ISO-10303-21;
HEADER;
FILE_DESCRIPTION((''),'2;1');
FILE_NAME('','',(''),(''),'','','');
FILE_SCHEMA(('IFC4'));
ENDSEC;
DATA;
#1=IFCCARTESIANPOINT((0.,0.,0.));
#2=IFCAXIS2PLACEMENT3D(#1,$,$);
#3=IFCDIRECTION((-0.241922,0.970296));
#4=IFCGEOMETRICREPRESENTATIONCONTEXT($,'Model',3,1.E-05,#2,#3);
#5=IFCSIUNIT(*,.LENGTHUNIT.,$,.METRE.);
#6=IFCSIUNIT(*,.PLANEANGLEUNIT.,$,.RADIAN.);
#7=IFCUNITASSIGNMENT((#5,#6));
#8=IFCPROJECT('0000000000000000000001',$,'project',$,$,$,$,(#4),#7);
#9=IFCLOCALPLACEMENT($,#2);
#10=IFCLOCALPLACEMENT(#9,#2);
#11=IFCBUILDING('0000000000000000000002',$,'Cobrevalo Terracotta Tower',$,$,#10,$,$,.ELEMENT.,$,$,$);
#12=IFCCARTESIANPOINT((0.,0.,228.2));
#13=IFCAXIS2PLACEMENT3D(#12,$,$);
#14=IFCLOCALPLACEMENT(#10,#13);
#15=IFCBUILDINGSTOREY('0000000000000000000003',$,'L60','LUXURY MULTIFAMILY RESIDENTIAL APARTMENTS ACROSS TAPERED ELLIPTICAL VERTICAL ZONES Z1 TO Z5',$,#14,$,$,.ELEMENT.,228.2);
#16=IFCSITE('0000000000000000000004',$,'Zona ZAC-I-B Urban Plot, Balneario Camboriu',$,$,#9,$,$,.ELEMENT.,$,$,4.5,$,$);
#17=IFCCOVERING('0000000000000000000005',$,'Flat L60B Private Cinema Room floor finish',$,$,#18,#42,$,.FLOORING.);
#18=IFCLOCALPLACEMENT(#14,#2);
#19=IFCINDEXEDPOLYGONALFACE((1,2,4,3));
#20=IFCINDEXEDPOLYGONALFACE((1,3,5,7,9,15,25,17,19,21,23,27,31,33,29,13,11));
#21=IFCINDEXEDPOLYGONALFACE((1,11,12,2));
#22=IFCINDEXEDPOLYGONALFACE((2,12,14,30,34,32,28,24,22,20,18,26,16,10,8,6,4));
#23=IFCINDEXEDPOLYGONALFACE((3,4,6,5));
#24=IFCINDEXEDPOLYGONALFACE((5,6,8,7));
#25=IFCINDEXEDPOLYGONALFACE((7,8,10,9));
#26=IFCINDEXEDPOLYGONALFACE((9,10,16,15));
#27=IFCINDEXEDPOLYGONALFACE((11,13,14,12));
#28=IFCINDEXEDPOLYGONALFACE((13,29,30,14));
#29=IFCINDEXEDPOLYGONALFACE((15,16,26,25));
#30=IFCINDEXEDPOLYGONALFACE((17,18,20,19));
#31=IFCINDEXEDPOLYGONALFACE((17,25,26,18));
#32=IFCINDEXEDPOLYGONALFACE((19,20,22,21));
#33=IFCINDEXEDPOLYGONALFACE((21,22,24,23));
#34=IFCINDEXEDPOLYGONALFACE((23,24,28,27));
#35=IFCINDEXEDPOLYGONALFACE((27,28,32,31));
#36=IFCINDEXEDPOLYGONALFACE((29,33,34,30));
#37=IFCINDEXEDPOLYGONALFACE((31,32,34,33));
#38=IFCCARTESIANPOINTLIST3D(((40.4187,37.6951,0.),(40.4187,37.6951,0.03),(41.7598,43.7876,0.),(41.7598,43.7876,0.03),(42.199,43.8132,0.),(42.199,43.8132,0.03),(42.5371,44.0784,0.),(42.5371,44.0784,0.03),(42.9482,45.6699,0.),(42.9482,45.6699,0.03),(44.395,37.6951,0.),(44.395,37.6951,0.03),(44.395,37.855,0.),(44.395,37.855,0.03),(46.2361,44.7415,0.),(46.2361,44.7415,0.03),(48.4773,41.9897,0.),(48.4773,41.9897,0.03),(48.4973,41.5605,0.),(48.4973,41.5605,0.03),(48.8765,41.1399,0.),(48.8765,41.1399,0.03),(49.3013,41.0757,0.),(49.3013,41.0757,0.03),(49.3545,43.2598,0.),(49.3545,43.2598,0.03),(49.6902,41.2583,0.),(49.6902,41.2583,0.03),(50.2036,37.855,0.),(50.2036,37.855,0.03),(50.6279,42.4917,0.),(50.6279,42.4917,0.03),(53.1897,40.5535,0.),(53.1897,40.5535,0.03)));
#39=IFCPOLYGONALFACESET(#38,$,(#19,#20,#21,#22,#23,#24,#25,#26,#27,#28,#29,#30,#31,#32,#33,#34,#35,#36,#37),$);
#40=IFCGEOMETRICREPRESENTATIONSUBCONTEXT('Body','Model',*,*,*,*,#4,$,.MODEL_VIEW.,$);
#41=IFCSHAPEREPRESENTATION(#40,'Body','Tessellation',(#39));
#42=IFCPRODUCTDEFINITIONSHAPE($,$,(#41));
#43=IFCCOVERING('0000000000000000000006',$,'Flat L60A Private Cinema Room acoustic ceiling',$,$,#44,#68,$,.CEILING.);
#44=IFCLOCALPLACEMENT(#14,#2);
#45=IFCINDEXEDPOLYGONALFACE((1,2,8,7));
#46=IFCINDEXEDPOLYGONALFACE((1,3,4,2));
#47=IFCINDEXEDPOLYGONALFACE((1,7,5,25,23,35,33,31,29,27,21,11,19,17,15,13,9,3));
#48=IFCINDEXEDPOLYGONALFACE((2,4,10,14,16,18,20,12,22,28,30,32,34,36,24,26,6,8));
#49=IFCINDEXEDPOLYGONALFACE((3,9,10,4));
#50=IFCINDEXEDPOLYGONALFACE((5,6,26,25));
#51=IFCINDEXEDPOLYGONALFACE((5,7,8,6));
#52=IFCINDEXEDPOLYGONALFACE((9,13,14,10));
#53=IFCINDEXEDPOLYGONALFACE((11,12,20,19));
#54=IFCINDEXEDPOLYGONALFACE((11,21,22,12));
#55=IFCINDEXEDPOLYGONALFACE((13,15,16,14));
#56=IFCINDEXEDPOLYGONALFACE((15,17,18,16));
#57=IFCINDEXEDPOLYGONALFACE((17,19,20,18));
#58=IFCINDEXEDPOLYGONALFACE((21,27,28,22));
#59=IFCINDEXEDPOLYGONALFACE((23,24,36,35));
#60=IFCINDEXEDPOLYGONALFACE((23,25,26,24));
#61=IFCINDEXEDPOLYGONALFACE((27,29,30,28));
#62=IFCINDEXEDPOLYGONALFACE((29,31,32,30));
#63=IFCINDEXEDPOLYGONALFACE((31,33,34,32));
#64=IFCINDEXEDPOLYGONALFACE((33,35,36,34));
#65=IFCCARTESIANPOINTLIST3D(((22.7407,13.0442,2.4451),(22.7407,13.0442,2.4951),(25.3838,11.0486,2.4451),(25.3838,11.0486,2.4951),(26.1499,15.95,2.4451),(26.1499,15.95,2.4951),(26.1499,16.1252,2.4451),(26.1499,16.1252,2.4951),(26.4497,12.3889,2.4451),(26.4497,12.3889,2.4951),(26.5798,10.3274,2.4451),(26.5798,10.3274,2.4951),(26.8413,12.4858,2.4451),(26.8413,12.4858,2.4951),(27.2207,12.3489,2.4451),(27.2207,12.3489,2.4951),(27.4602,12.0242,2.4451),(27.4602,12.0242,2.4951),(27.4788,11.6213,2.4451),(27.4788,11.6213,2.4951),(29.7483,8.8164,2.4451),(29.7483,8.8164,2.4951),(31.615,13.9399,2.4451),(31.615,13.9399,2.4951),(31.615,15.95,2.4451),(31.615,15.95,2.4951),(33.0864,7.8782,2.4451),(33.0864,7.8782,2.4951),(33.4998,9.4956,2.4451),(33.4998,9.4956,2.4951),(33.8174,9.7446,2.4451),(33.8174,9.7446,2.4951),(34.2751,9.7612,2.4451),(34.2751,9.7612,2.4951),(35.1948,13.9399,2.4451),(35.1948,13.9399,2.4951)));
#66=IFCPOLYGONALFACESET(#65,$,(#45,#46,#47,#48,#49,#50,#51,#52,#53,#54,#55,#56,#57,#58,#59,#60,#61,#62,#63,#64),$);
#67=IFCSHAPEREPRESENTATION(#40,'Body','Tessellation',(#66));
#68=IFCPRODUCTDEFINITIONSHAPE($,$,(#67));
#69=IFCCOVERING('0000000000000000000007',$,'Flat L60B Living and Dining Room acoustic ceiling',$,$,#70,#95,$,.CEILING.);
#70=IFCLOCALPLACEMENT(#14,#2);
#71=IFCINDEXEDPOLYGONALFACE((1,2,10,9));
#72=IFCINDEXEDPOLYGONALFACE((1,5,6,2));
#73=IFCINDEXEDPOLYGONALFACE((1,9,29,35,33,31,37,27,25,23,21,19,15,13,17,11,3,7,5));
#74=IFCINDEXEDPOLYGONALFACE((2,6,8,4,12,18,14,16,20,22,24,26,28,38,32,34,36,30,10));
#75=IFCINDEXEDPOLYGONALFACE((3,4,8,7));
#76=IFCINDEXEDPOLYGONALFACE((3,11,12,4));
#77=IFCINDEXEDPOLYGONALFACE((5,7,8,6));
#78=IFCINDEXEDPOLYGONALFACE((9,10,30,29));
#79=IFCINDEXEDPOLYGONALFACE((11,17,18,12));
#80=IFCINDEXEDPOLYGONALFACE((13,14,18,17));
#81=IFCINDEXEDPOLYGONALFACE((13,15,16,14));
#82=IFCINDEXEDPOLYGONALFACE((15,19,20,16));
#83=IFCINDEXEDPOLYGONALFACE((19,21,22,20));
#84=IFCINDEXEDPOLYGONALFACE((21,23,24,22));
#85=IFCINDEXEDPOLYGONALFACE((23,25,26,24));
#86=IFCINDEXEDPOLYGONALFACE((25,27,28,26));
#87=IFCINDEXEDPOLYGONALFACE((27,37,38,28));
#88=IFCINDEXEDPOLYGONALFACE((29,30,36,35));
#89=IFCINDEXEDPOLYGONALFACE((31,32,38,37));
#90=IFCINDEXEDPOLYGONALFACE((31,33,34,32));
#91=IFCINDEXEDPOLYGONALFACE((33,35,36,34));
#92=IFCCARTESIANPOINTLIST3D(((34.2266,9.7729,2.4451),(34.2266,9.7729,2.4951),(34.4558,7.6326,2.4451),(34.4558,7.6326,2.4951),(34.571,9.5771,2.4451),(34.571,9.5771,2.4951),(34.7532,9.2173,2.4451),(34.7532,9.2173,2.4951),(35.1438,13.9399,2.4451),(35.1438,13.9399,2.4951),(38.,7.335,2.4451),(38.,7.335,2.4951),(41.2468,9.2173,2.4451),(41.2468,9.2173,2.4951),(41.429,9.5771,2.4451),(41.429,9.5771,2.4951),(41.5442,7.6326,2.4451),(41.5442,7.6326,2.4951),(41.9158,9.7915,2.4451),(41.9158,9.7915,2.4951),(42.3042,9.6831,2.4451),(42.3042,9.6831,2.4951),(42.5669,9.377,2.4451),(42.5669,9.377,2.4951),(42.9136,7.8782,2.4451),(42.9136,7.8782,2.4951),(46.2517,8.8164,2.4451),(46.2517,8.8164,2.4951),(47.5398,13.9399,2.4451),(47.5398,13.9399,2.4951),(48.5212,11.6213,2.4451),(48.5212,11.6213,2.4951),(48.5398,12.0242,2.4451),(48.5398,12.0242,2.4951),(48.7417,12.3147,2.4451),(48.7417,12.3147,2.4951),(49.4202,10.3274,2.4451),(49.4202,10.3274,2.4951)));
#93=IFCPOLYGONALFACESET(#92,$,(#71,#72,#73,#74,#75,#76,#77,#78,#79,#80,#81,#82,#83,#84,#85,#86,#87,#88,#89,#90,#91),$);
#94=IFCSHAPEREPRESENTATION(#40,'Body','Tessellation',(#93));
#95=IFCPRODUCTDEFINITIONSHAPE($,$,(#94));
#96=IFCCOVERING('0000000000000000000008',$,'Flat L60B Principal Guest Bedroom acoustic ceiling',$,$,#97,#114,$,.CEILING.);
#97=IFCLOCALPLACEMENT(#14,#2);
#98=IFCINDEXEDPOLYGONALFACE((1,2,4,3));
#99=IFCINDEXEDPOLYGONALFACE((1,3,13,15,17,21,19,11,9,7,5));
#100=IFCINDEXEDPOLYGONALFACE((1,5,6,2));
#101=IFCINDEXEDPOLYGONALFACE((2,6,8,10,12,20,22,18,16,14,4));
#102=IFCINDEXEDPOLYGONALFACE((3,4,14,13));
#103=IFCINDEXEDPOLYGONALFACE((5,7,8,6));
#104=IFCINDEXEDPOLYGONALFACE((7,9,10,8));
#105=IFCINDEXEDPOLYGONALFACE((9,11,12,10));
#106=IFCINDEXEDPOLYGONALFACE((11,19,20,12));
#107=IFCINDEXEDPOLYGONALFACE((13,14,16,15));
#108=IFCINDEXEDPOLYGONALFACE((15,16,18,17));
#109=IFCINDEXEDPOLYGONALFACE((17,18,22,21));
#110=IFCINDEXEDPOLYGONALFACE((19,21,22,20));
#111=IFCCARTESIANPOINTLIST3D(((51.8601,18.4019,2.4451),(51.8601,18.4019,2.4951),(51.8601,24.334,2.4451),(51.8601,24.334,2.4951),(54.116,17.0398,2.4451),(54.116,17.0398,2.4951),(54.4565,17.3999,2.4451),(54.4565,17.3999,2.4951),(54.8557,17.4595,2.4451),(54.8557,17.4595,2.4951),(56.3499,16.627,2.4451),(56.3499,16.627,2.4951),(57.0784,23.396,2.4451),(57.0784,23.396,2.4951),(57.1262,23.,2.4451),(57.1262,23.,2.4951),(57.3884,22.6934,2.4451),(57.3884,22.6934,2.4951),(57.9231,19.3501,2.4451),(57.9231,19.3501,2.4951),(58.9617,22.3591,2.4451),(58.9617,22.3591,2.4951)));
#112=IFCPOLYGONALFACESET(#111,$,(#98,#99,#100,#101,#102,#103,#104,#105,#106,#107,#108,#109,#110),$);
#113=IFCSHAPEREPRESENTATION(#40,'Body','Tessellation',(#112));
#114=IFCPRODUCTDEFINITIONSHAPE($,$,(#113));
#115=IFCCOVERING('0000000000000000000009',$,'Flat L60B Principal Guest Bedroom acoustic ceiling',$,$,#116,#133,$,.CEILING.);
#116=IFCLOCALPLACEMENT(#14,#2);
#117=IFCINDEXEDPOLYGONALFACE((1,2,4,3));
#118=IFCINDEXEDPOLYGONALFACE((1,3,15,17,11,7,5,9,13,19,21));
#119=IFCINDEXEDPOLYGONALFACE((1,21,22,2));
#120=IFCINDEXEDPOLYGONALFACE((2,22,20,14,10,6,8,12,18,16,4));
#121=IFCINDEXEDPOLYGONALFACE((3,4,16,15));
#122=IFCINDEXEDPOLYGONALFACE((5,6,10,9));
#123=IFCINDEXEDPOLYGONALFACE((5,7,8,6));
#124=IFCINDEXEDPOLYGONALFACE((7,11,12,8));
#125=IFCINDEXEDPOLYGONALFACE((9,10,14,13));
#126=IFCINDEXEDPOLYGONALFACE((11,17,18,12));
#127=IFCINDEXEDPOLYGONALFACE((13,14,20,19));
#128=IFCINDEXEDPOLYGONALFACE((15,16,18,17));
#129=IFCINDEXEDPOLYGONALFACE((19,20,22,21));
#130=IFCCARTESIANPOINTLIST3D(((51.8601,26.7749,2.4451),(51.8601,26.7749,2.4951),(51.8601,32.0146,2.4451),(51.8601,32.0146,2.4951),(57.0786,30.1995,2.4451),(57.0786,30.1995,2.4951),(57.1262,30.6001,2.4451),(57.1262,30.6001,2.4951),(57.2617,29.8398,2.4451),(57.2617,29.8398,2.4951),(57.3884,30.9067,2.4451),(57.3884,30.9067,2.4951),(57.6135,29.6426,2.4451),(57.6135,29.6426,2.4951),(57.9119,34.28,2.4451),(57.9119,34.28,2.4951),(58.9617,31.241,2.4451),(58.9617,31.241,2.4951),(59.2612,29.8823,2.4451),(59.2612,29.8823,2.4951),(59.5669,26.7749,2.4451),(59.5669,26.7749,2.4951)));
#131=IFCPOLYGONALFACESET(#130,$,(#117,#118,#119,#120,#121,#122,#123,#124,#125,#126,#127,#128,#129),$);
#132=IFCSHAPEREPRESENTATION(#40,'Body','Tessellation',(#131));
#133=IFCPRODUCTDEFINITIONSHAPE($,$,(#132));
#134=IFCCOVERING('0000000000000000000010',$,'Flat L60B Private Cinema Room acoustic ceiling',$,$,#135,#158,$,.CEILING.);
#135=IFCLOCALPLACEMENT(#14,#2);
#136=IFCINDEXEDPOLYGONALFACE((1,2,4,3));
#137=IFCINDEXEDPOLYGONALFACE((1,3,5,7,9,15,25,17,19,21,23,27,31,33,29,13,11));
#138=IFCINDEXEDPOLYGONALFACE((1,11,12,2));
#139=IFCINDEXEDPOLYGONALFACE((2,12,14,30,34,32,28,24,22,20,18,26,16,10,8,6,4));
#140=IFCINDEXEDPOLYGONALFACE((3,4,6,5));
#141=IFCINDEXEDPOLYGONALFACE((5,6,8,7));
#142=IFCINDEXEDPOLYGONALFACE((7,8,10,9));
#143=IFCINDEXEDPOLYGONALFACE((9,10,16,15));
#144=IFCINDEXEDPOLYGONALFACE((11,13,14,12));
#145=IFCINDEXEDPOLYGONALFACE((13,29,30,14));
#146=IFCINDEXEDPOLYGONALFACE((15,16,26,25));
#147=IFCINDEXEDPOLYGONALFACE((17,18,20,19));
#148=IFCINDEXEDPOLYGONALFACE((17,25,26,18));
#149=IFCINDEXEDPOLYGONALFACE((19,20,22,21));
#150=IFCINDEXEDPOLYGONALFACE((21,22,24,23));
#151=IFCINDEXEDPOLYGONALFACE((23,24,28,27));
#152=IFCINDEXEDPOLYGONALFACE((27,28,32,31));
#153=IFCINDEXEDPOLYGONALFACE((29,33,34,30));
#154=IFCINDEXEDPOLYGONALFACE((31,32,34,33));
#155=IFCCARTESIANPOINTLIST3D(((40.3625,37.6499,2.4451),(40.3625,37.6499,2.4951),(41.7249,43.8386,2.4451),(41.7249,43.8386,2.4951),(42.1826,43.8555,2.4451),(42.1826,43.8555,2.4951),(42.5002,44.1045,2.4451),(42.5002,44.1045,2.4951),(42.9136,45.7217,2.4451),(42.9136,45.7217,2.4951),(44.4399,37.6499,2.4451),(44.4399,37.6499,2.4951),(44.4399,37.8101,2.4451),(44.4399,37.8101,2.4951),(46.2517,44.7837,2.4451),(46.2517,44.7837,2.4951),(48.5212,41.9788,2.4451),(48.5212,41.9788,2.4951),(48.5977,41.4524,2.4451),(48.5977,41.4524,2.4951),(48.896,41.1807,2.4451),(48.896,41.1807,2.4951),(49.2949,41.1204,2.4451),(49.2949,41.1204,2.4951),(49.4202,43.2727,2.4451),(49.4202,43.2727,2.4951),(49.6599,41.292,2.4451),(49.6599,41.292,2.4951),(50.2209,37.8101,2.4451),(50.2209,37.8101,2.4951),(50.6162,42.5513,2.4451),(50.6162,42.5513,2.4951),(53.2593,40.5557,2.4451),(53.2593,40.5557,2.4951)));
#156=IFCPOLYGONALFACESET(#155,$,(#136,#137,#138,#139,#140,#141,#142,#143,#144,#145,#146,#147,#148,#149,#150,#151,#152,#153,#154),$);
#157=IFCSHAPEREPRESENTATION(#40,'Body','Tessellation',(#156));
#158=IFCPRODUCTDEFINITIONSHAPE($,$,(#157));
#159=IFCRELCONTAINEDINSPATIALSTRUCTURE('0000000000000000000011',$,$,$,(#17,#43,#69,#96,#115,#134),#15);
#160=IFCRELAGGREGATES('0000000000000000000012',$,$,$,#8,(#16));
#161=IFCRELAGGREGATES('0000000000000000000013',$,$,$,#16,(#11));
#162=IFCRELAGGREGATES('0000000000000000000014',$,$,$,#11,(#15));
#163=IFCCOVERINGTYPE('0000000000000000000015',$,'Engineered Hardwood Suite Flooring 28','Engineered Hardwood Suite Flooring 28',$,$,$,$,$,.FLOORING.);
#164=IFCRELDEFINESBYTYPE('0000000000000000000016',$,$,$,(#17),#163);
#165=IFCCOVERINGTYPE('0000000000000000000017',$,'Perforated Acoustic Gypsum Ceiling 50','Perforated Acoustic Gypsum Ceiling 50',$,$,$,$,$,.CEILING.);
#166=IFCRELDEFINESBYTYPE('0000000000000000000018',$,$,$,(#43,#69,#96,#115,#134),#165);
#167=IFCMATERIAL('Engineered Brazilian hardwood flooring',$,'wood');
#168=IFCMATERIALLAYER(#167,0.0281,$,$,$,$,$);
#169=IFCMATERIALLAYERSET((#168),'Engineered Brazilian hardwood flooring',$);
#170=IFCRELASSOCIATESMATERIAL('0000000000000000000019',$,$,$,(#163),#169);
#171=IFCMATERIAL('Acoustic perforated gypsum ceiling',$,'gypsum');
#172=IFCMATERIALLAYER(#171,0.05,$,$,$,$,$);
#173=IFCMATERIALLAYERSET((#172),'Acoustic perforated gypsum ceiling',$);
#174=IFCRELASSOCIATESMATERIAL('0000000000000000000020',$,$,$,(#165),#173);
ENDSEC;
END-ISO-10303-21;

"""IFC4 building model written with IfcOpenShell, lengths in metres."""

from ifc_helpers import new_model, si_unit, direction, frame, origin, place, context, subcontext, project, spatial, polyline, outline, extrude, material, layer, layer_set, type_object, element, save


model = new_model("IFC4")

# Units and contexts
model_context = context("Model", 3, precision=1e-05, world=origin(), true_north=direction((-0.241922, 0.970296)))
body_context = subcontext(model_context, "Body", "Model", "MODEL_VIEW")
ifc_project = project(units=[si_unit("LENGTHUNIT", "METRE"), si_unit("PLANEANGLEUNIT", "RADIAN")], contexts=[model_context])

# Site, building, storey
site_placement = place(None, origin())
site = spatial("IfcSite", under=ifc_project, at=site_placement, Name="Zona ZAC-I-B Urban Plot, Balneario Camboriu", CompositionType="ELEMENT", RefElevation=4.5)
building_placement = place(site_placement, origin())
building = spatial("IfcBuilding", under=site, at=building_placement, Name="Cobrevalo Terracotta Tower", CompositionType="ELEMENT")
storey_placement = place(building_placement, frame((0.0, 0.0, 228.2)))
storey = spatial("IfcBuildingStorey", under=building, at=storey_placement, Name="L60", Description="LUXURY MULTIFAMILY RESIDENTIAL APARTMENTS ACROSS TAPERED ELLIPTICAL VERTICAL ZONES Z1 TO Z5", CompositionType="ELEMENT", Elevation=228.2)

# Coverings
ifc_material_1 = material(Name="Engineered Brazilian hardwood flooring", Category="wood")
ifc_layer_1 = layer(ifc_material_1, 0.0281)
ifc_layer_set_1 = layer_set([ifc_layer_1], Name="Engineered Brazilian hardwood flooring")
covering_type_1 = type_object("IfcCoveringType", Name="Engineered Hardwood Suite Flooring 28", Description="Engineered Hardwood Suite Flooring 28", PredefinedType="FLOORING", material=ifc_layer_set_1)
covering_1_placement = place(storey_placement, origin())
element("IfcCovering", 1, at=covering_1_placement, inside=storey, type_object=covering_type_1, Name="Flat L60B Private Cinema Room floor finish", PredefinedType="FLOORING", context=body_context, shape_type="SweptSolid", body=[
    extrude(outline(polyline([(44.395, 37.6951), (40.4187, 37.6951), (41.7598, 43.7876), (42.199, 43.8132), (42.5371, 44.0784), (42.9482, 45.6699), (46.2361, 44.7415), (49.3545, 43.2598), (48.4773, 41.9897), (48.4973, 41.5605), (48.8765, 41.1399), (49.3013, 41.0757), (49.6902, 41.2583), (50.6279, 42.4917), (53.1897, 40.5535), (50.2036, 37.855), (44.395, 37.855), (44.395, 37.6951)])), origin(), (0.0, 0.0, 1.0), 0.03),
])
ifc_material_2 = material(Name="Acoustic perforated gypsum ceiling", Category="gypsum")
ifc_layer_2 = layer(ifc_material_2, 0.05)
ifc_layer_set_2 = layer_set([ifc_layer_2], Name="Acoustic perforated gypsum ceiling")
covering_type_2 = type_object("IfcCoveringType", Name="Perforated Acoustic Gypsum Ceiling 50", Description="Perforated Acoustic Gypsum Ceiling 50", PredefinedType="CEILING", material=ifc_layer_set_2)
covering_2_placement = place(storey_placement, frame((0.0, 0.0, 2.4451)))
element("IfcCovering", 2, at=covering_2_placement, inside=storey, type_object=covering_type_2, Name="Flat L60A Private Cinema Room acoustic ceiling", PredefinedType="CEILING", context=body_context, shape_type="SweptSolid", body=[
    extrude(outline(polyline([(26.5798, 10.3274), (27.4788, 11.6213), (27.4602, 12.0242), (27.2207, 12.3489), (26.8413, 12.4858), (26.4497, 12.3889), (25.3838, 11.0486), (22.7407, 13.0442), (26.1499, 16.1252), (26.1499, 15.95), (31.615, 15.95), (31.615, 13.9399), (35.1948, 13.9399), (34.2751, 9.7612), (33.8174, 9.7446), (33.4998, 9.4956), (33.0864, 7.8782), (29.7483, 8.8164), (26.5798, 10.3274)])), origin(), (0.0, 0.0, 1.0), 0.05),
])
covering_3_placement = place(storey_placement, frame((0.0, 0.0, 2.4451)))
element("IfcCovering", 3, at=covering_3_placement, inside=storey, type_object=covering_type_2, Name="Flat L60B Living and Dining Room acoustic ceiling", PredefinedType="CEILING", context=body_context, shape_type="SweptSolid", body=[
    extrude(outline(polyline([(46.2517, 8.8164), (42.9136, 7.8782), (42.5669, 9.377), (42.3042, 9.6831), (41.9158, 9.7915), (41.429, 9.5771), (41.2468, 9.2173), (41.5442, 7.6326), (38.0, 7.335), (34.4558, 7.6326), (34.7532, 9.2173), (34.571, 9.5771), (34.2266, 9.7729), (35.1438, 13.9399), (47.5398, 13.9399), (48.7417, 12.3147), (48.5398, 12.0242), (48.5212, 11.6213), (49.4202, 10.3274), (46.2517, 8.8164)])), origin(), (0.0, 0.0, 1.0), 0.05),
])
covering_4_placement = place(storey_placement, frame((0.0, 0.0, 2.4451)))
element("IfcCovering", 4, at=covering_4_placement, inside=storey, type_object=covering_type_2, Name="Flat L60B Principal Guest Bedroom acoustic ceiling", PredefinedType="CEILING", context=body_context, shape_type="SweptSolid", body=[
    extrude(outline(polyline([(56.3499, 16.627), (54.8557, 17.4595), (54.4565, 17.3999), (54.116, 17.0398), (51.8601, 18.4019), (51.8601, 24.334), (57.0784, 23.396), (57.1262, 23.0), (57.3884, 22.6934), (58.9617, 22.3591), (57.9231, 19.3501), (56.3499, 16.627)])), origin(), (0.0, 0.0, 1.0), 0.05),
])
covering_5_placement = place(storey_placement, frame((0.0, 0.0, 2.4451)))
element("IfcCovering", 5, at=covering_5_placement, inside=storey, type_object=covering_type_2, Name="Flat L60B Principal Guest Bedroom acoustic ceiling", PredefinedType="CEILING", context=body_context, shape_type="SweptSolid", body=[
    extrude(outline(polyline([(57.9119, 34.28), (58.9617, 31.241), (57.3884, 30.9067), (57.1262, 30.6001), (57.0786, 30.1995), (57.2617, 29.8398), (57.6135, 29.6426), (59.2612, 29.8823), (59.5669, 26.7749), (51.8601, 26.7749), (51.8601, 32.0146), (57.9119, 34.28)])), origin(), (0.0, 0.0, 1.0), 0.05),
])
covering_6_placement = place(storey_placement, frame((0.0, 0.0, 2.4451)))
element("IfcCovering", 6, at=covering_6_placement, inside=storey, type_object=covering_type_2, Name="Flat L60B Private Cinema Room acoustic ceiling", PredefinedType="CEILING", context=body_context, shape_type="SweptSolid", body=[
    extrude(outline(polyline([(44.4399, 37.6499), (40.3625, 37.6499), (41.7249, 43.8386), (42.1826, 43.8555), (42.5002, 44.1045), (42.9136, 45.7217), (46.2517, 44.7837), (49.4202, 43.2727), (48.5212, 41.9788), (48.5977, 41.4524), (48.896, 41.1807), (49.2949, 41.1204), (49.6599, 41.292), (50.6162, 42.5513), (53.2593, 40.5557), (50.2209, 37.8101), (44.4399, 37.8101), (44.4399, 37.6499)])), origin(), (0.0, 0.0, 1.0), 0.05),
])

save(model, "model.ifc")
